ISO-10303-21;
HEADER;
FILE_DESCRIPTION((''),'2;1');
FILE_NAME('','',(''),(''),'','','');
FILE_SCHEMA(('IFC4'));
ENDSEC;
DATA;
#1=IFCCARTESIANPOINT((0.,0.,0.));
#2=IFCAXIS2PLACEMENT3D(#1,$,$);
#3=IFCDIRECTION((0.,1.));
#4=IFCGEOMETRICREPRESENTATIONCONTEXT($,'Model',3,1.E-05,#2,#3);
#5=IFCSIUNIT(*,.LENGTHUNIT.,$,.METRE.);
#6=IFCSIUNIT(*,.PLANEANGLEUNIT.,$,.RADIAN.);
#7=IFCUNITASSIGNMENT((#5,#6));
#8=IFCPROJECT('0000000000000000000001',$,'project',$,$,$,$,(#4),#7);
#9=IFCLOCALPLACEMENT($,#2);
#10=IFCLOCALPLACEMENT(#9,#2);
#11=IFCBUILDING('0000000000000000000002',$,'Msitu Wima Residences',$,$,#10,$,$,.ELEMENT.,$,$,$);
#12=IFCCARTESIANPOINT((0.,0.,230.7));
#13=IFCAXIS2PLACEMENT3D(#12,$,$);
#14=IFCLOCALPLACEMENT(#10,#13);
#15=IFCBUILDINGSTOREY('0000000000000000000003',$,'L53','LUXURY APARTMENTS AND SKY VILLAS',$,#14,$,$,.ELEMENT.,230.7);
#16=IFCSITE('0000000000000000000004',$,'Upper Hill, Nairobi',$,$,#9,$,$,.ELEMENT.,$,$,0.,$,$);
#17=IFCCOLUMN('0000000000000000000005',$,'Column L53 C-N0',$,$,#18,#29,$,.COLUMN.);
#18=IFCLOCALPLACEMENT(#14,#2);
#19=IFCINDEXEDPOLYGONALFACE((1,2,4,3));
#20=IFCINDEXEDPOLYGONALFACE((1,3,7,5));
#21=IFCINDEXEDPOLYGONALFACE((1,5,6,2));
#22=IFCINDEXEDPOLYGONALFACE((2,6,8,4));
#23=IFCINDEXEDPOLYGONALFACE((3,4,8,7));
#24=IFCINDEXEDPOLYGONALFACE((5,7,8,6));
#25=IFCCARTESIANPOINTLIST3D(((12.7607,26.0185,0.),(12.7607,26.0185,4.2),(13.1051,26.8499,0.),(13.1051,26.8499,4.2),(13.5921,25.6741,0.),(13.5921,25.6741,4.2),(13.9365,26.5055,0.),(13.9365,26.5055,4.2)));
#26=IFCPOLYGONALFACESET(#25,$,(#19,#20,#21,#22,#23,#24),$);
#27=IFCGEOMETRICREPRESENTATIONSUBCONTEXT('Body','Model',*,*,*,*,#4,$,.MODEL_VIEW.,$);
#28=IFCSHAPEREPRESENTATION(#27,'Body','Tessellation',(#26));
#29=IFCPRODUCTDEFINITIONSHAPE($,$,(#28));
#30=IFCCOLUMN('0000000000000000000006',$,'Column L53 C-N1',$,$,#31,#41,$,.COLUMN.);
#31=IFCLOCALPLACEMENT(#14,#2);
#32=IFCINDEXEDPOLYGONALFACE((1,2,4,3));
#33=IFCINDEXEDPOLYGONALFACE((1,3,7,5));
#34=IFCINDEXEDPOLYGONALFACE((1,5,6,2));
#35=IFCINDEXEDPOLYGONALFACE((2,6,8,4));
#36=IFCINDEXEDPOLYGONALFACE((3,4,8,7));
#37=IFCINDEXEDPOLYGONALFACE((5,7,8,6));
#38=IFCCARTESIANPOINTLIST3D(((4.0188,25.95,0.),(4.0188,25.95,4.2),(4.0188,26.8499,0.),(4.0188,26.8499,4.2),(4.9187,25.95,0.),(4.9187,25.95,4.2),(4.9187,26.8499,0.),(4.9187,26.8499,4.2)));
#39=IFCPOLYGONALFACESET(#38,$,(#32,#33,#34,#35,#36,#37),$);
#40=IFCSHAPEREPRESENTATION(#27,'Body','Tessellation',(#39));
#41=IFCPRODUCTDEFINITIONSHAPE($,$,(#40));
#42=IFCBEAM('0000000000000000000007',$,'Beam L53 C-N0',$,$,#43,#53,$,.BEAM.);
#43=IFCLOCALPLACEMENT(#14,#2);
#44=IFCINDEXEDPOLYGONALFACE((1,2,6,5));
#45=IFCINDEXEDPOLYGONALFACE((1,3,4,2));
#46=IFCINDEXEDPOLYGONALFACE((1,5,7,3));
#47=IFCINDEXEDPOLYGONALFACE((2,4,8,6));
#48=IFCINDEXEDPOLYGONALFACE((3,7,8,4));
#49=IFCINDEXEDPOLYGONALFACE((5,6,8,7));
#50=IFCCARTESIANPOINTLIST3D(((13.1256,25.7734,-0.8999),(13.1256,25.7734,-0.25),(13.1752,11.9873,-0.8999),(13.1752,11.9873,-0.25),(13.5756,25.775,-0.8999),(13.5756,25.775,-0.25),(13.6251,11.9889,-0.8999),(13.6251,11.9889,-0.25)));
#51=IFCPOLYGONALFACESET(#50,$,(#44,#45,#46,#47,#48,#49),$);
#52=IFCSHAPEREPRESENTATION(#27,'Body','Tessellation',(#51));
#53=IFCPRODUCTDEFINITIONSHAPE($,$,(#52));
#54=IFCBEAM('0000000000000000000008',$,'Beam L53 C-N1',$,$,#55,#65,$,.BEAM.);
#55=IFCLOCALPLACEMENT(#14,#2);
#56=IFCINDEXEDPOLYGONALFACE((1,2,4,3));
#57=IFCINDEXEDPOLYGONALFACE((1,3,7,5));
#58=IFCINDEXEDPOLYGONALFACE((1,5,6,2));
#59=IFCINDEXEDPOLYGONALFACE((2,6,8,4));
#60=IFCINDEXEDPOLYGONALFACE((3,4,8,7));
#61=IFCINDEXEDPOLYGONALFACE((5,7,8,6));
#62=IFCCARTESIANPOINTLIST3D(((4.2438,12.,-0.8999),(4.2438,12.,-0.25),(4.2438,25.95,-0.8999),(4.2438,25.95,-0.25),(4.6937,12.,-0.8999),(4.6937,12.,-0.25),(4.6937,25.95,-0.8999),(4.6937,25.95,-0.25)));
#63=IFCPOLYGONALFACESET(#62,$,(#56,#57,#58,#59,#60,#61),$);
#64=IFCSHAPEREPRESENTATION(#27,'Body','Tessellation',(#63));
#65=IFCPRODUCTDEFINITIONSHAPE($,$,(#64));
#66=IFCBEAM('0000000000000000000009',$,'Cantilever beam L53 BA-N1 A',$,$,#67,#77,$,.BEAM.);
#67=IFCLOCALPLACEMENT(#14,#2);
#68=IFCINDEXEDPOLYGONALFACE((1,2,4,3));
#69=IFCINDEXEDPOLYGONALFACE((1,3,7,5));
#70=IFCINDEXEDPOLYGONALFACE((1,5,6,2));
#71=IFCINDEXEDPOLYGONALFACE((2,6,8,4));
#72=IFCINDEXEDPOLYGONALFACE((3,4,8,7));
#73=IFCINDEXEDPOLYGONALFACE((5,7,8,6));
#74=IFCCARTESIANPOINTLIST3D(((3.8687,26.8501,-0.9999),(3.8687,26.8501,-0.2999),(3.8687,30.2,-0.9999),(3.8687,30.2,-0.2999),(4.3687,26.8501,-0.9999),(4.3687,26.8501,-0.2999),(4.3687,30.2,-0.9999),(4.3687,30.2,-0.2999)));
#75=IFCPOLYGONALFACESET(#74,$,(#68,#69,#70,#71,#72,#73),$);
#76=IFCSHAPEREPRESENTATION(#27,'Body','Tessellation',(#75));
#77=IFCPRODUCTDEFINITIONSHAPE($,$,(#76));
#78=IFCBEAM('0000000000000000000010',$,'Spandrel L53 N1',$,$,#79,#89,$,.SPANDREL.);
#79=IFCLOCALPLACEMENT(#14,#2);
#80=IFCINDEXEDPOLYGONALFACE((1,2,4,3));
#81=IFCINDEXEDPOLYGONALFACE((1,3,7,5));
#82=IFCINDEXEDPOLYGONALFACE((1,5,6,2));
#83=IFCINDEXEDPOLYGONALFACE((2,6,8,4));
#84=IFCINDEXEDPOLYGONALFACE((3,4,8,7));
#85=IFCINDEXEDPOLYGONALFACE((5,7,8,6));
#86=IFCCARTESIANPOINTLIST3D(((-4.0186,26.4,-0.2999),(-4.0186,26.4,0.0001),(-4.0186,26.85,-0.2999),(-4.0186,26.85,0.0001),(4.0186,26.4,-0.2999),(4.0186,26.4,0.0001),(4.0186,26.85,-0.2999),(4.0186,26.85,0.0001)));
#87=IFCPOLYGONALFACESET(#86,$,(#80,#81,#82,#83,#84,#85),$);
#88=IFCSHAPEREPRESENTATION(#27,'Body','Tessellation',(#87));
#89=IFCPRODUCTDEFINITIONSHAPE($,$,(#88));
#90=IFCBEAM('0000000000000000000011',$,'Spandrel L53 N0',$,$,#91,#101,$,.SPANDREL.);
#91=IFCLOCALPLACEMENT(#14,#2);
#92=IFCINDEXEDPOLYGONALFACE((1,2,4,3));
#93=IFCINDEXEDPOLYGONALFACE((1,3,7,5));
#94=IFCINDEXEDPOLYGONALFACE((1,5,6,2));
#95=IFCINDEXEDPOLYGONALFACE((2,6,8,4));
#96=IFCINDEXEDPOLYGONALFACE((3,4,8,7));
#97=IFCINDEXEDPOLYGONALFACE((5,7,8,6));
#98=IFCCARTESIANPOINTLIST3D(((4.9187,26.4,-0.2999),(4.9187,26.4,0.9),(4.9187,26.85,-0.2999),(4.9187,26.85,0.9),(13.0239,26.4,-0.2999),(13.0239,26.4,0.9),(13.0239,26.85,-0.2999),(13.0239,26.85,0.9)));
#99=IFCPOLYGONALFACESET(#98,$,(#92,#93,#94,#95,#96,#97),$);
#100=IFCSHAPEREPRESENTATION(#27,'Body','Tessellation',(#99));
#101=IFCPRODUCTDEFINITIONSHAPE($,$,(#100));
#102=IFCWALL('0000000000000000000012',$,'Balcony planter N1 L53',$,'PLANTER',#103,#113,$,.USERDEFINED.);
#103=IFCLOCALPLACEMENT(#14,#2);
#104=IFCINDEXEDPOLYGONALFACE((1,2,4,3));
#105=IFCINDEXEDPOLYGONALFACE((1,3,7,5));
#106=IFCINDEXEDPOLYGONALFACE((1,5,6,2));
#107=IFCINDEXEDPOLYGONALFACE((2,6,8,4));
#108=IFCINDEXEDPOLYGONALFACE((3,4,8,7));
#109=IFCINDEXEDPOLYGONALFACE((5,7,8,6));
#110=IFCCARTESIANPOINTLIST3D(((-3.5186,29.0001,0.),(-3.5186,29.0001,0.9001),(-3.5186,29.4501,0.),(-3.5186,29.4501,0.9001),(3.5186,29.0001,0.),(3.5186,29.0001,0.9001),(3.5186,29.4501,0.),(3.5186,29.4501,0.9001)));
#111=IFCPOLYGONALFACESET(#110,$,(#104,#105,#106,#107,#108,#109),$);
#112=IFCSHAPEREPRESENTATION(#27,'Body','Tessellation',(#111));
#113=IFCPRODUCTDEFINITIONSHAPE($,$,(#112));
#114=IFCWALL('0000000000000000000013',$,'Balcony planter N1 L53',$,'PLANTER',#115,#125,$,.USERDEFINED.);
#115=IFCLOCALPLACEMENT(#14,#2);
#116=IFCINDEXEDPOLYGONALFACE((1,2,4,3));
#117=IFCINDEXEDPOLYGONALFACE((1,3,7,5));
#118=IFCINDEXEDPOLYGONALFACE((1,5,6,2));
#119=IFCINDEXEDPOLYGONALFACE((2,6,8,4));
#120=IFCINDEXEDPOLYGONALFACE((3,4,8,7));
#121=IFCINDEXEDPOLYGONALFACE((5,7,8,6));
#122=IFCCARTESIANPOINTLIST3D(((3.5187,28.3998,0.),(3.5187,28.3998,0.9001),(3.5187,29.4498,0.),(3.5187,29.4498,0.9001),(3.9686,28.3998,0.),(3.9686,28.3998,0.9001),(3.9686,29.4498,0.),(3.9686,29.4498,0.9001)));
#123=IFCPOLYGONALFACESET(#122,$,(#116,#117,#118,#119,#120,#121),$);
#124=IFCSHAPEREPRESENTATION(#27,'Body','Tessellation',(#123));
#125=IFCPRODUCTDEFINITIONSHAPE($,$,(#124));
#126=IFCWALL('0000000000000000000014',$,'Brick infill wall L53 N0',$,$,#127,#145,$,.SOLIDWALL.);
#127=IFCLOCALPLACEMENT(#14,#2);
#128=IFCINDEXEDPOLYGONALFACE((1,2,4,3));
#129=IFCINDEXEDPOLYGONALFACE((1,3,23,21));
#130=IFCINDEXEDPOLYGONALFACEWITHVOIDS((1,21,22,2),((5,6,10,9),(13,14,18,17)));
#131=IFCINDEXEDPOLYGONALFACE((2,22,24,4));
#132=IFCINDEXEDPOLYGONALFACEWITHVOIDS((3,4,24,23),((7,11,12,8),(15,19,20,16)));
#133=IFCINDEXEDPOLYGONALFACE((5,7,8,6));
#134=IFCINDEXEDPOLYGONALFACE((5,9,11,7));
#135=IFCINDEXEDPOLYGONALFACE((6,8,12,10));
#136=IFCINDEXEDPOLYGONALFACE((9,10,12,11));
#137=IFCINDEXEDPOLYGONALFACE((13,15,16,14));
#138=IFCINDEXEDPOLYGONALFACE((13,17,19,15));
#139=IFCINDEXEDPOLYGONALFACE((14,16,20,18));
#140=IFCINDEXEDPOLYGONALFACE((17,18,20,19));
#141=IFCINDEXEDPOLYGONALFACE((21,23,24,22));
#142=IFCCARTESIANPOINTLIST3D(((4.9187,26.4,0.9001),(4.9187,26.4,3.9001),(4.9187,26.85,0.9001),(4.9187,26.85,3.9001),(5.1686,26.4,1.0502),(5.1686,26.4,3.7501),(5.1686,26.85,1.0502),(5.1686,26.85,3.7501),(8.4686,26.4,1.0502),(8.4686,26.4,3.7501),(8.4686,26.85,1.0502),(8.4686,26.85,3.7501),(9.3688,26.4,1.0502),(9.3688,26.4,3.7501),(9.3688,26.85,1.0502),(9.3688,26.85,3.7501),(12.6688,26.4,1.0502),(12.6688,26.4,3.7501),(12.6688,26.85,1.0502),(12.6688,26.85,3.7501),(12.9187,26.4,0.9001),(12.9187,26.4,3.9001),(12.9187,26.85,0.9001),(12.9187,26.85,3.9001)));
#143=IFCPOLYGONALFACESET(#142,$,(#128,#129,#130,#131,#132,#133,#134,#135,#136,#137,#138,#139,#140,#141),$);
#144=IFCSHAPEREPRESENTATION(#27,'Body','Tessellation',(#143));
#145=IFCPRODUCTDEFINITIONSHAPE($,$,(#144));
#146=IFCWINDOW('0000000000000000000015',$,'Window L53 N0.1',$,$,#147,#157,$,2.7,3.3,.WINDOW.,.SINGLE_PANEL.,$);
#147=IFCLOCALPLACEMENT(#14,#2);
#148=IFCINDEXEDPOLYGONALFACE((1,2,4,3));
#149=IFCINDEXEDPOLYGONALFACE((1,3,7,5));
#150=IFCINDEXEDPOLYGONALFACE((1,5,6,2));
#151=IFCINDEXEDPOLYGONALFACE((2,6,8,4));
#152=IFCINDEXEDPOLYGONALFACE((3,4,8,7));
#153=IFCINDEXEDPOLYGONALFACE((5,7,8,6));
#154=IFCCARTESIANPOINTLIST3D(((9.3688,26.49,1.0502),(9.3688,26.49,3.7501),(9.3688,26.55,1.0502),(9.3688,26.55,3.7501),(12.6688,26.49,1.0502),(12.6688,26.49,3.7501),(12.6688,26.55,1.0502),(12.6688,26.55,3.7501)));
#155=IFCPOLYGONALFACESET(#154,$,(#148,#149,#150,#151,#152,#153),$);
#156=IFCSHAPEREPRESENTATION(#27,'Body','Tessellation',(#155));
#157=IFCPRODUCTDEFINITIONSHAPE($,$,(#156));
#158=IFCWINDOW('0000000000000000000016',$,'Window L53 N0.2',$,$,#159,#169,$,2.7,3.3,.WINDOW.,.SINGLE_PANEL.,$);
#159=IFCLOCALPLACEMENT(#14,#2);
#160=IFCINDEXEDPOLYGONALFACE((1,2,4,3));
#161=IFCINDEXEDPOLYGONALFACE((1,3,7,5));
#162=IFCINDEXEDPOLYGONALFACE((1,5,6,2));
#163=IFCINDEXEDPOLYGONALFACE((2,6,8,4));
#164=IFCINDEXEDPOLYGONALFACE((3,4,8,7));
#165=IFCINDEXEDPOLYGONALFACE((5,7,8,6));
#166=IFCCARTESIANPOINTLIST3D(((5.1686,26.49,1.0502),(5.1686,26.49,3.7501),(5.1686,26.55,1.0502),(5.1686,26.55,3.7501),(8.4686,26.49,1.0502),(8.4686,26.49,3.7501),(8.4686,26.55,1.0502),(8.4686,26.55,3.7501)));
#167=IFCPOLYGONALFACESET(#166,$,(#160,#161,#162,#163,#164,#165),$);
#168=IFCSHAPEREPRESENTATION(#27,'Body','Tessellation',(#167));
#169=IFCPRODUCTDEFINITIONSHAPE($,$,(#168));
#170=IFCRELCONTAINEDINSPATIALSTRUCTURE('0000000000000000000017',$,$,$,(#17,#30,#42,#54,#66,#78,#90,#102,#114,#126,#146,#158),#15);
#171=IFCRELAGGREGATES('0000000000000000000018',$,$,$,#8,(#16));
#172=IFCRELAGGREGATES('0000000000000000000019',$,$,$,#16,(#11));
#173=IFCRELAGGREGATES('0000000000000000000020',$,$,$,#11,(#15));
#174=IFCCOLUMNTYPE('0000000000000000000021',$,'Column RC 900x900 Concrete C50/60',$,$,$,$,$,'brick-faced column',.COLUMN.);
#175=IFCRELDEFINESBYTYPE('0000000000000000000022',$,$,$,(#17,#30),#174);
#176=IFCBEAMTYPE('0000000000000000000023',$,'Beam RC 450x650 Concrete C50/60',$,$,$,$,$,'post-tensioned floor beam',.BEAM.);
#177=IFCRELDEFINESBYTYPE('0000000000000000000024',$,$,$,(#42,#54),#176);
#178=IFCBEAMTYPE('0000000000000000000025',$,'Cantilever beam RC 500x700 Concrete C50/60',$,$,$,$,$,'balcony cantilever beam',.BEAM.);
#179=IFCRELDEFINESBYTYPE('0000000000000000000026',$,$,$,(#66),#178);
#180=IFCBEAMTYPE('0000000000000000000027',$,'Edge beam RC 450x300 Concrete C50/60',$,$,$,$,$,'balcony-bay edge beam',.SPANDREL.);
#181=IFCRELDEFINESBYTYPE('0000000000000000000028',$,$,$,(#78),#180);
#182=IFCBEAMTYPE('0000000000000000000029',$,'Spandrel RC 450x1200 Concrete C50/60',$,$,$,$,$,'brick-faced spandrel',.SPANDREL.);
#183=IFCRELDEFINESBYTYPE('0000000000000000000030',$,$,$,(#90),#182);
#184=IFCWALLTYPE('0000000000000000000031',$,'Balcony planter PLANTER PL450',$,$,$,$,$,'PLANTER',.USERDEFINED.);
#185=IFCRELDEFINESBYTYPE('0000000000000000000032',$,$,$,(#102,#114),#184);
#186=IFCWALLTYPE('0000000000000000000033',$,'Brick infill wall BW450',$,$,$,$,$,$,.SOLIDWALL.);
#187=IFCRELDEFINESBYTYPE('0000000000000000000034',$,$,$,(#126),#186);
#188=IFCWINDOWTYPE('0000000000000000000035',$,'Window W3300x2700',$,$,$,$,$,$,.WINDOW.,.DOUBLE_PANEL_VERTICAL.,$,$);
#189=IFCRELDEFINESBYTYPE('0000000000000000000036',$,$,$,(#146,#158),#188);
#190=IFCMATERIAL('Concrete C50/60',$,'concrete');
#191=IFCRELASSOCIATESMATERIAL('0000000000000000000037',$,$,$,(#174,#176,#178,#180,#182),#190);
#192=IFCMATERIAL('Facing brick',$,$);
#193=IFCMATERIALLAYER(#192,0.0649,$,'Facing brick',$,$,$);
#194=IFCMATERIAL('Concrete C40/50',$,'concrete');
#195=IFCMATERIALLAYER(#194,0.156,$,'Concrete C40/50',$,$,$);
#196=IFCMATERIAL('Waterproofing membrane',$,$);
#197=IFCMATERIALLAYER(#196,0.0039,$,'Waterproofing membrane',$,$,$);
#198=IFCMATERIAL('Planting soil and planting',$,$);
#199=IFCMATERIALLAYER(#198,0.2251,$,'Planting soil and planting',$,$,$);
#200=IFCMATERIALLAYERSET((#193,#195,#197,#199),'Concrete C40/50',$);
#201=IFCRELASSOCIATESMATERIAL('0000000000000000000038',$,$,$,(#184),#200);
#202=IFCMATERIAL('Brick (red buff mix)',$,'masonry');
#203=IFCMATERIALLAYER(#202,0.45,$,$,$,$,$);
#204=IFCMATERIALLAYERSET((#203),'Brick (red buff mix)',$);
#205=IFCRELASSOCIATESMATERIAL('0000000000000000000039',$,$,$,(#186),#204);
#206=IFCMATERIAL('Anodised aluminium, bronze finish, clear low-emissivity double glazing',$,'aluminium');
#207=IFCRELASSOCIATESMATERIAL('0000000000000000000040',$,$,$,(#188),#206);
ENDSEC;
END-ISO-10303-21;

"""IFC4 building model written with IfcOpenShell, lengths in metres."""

from ifc_helpers import new_model, si_unit, direction, frame, frame_2d, origin, origin_2d, place, context, subcontext, project, spatial, rectangle, extrude, material, layer, layer_set, material_profile, profile_set, type_object, element, fill, save


model = new_model("IFC4")

# Units and contexts
model_context = context("Model", 3, precision=1e-05, world=origin(), true_north=direction((0.0, 1.0)))
body_context = subcontext(model_context, "Body", "Model", "MODEL_VIEW")
ifc_project = project(units=[si_unit("LENGTHUNIT", "METRE"), si_unit("PLANEANGLEUNIT", "RADIAN")], contexts=[model_context])

# Site, building, storey
site_placement = place(None, origin())
site = spatial("IfcSite", under=ifc_project, at=site_placement, Name="Upper Hill, Nairobi", CompositionType="ELEMENT", RefElevation=0.0)
building_placement = place(site_placement, origin())
building = spatial("IfcBuilding", under=site, at=building_placement, Name="Msitu Wima Residences", CompositionType="ELEMENT")
storey_placement = place(building_placement, frame((0.0, 0.0, 230.7)))
storey = spatial("IfcBuildingStorey", under=building, at=storey_placement, Name="L53", Description="LUXURY APARTMENTS AND SKY VILLAS", CompositionType="ELEMENT", Elevation=230.7)

# Columns
ifc_material_1 = material(Name="Concrete C50/60", Category="concrete")
ifc_material_profile_1 = material_profile(ifc_material_1, rectangle(XDim=0.8999, YDim=0.8999, at=origin_2d()), Name="RC 900x900")
ifc_profile_set_1 = profile_set([ifc_material_profile_1], Name="Concrete C50/60")
column_type = type_object("IfcColumnType", Name="Column RC 900x900 Concrete C50/60", ElementType="brick-faced column", PredefinedType="COLUMN", material=ifc_profile_set_1)
for number, where, z_axis, x_axis, name in (
    (1, (13.3486, 26.262, 0.0), (0.0, 0.0, 1.0), (-0.92388, 0.382683, 0.0), "Column L53 C-N0"),
    (2, (4.4688, 26.3999, 0.0), (0.0, 0.0, 1.0), (-1.0, 0.0, 0.0), "Column L53 C-N1"),
):
    element("IfcColumn", number, at=place(storey_placement, frame(where, z_axis=z_axis, x_axis=x_axis)), inside=storey, type_object=column_type, Name=name, PredefinedType="COLUMN", context=body_context, shape_type="SweptSolid", body=[
        extrude(rectangle(XDim=0.8999, YDim=0.8999, at=origin_2d()), origin(), (0.0, 0.0, 1.0), 4.2),
    ])

# Beams
ifc_material_profile_2 = material_profile(ifc_material_1, rectangle(XDim=0.45, YDim=0.6499, at=origin_2d()), Name="RC 450x650")
ifc_profile_set_2 = profile_set([ifc_material_profile_2], Name="Concrete C50/60")
beam_type_1 = type_object("IfcBeamType", Name="Beam RC 450x650 Concrete C50/60", ElementType="post-tensioned floor beam", PredefinedType="BEAM", material=ifc_profile_set_2)
beam_1_placement = place(storey_placement, frame((13.3506, 25.7742, -0.575), z_axis=(0.003595, -0.999994, 0.0), x_axis=(0.999994, 0.003595, 0.0)))
element("IfcBeam", 3, at=beam_1_placement, inside=storey, type_object=beam_type_1, Name="Beam L53 C-N0", PredefinedType="BEAM", context=body_context, shape_type="SweptSolid", body=[
    extrude(rectangle(XDim=0.45, YDim=0.6499, at=origin_2d()), origin(), (0.0, 0.0, 1.0), 13.7861),
])
beam_2_placement = place(storey_placement, frame((4.4688, 25.95, -0.575), z_axis=(0.0, -1.0, 0.0), x_axis=(1.0, 0.0, 0.0)))
element("IfcBeam", 4, at=beam_2_placement, inside=storey, type_object=beam_type_1, Name="Beam L53 C-N1", PredefinedType="BEAM", context=body_context, shape_type="SweptSolid", body=[
    extrude(rectangle(XDim=0.45, YDim=0.6499, at=origin_2d()), origin(), (0.0, 0.0, 1.0), 13.95),
])
ifc_material_profile_3 = material_profile(ifc_material_1, rectangle(XDim=0.5, YDim=0.7, at=origin_2d()), Name="RC 500x700")
ifc_profile_set_3 = profile_set([ifc_material_profile_3], Name="Concrete C50/60")
beam_type_2 = type_object("IfcBeamType", Name="Cantilever beam RC 500x700 Concrete C50/60", ElementType="balcony cantilever beam", PredefinedType="BEAM", material=ifc_profile_set_3)
beam_3_placement = place(storey_placement, frame((4.1187, 26.8501, -0.6499), z_axis=(0.0, 1.0, 0.0), x_axis=(-1.0, 0.0, 0.0)))
element("IfcBeam", 5, at=beam_3_placement, inside=storey, type_object=beam_type_2, Name="Cantilever beam L53 BA-N1 A", PredefinedType="BEAM", context=body_context, shape_type="SweptSolid", body=[
    extrude(rectangle(XDim=0.5, YDim=0.7, at=origin_2d()), origin(), (0.0, 0.0, 1.0), 3.3499),
])
ifc_material_profile_4 = material_profile(ifc_material_1, rectangle(XDim=0.45, YDim=0.3, at=origin_2d()), Name="RC 450x300")
ifc_profile_set_4 = profile_set([ifc_material_profile_4], Name="Concrete C50/60")
beam_type_3 = type_object("IfcBeamType", Name="Edge beam RC 450x300 Concrete C50/60", ElementType="balcony-bay edge beam", PredefinedType="SPANDREL", material=ifc_profile_set_4)
beam_4_placement = place(storey_placement, frame((4.0186, 26.625, -0.1499), z_axis=(-1.0, 0.0, 0.0), x_axis=(0.0, -1.0, 0.0)))
element("IfcBeam", 6, at=beam_4_placement, inside=storey, type_object=beam_type_3, Name="Spandrel L53 N1", PredefinedType="SPANDREL", context=body_context, shape_type="SweptSolid", body=[
    extrude(rectangle(XDim=0.45, YDim=0.3, at=origin_2d()), origin(), (0.0, 0.0, 1.0), 8.0371),
])
ifc_material_profile_5 = material_profile(ifc_material_1, rectangle(XDim=0.45, YDim=1.2, at=origin_2d()), Name="RC 450x1200")
ifc_profile_set_5 = profile_set([ifc_material_profile_5], Name="Concrete C50/60")
beam_type_4 = type_object("IfcBeamType", Name="Spandrel RC 450x1200 Concrete C50/60", ElementType="brick-faced spandrel", PredefinedType="SPANDREL", material=ifc_profile_set_5)
beam_5_placement = place(storey_placement, frame((13.0239, 26.625, 0.3), z_axis=(-1.0, 0.0, 0.0), x_axis=(0.0, -1.0, 0.0)))
element("IfcBeam", 7, at=beam_5_placement, inside=storey, type_object=beam_type_4, Name="Spandrel L53 N0", PredefinedType="SPANDREL", context=body_context, shape_type="SweptSolid", body=[
    extrude(rectangle(XDim=0.45, YDim=1.2, at=origin_2d()), origin(), (0.0, 0.0, 1.0), 8.1052),
])

# Walls
ifc_material_2 = material(Name="Facing brick")
ifc_layer_1 = layer(ifc_material_2, 0.0649, Name="Facing brick")
ifc_material_3 = material(Name="Concrete C40/50", Category="concrete")
ifc_layer_2 = layer(ifc_material_3, 0.156, Name="Concrete C40/50")
ifc_material_4 = material(Name="Waterproofing membrane")
ifc_layer_3 = layer(ifc_material_4, 0.0039, Name="Waterproofing membrane")
ifc_material_5 = material(Name="Planting soil and planting")
ifc_layer_4 = layer(ifc_material_5, 0.2251, Name="Planting soil and planting")
ifc_layer_set_1 = layer_set([ifc_layer_1, ifc_layer_2, ifc_layer_3, ifc_layer_4], Name="Concrete C40/50")
wall_type_1 = type_object("IfcWallType", Name="Balcony planter PLANTER PL450", ElementType="PLANTER", PredefinedType="USERDEFINED", material=ifc_layer_set_1)
wall_1_placement = place(storey_placement, frame((3.5186, 29.2251, 0.0), z_axis=(0.0, 0.0, 1.0), x_axis=(-1.0, 0.0, 0.0)))
element("IfcWall", 8, at=wall_1_placement, inside=storey, type_object=wall_type_1, Name="Balcony planter N1 L53", ObjectType="PLANTER", PredefinedType="USERDEFINED", context=body_context, shape_type="SweptSolid", body=[
    extrude(rectangle(XDim=7.0371, YDim=0.45, at=frame_2d((3.5186, 0.0))), origin(), (0.0, 0.0, 1.0), 0.9001),
])
wall_2_placement = place(storey_placement, frame((3.7437, 28.3999, 0.0), z_axis=(0.0, 0.0, 1.0), x_axis=(0.0, 1.0, 0.0)))
element("IfcWall", 9, at=wall_2_placement, inside=storey, type_object=wall_type_1, Name="Balcony planter N1 L53", ObjectType="PLANTER", PredefinedType="USERDEFINED", context=body_context, shape_type="SweptSolid", body=[
    extrude(rectangle(XDim=1.05, YDim=0.45, at=frame_2d((0.5249, 0.0))), origin(), (0.0, 0.0, 1.0), 0.9001),
])

# Wall, openings, windows
ifc_material_6 = material(Name="Brick (red buff mix)", Category="masonry")
ifc_layer_5 = layer(ifc_material_6, 0.45)
ifc_layer_set_2 = layer_set([ifc_layer_5], Name="Brick (red buff mix)")
wall_type_2 = type_object("IfcWallType", Name="Brick infill wall BW450", PredefinedType="SOLIDWALL", material=ifc_layer_set_2)
wall_3_placement = place(storey_placement, frame((12.9187, 26.625, 0.9001), z_axis=(0.0, 0.0, 1.0), x_axis=(-1.0, 0.0, 0.0)))
wall_3 = element("IfcWall", 10, at=wall_3_placement, inside=storey, type_object=wall_type_2, Name="Brick infill wall L53 N0", PredefinedType="SOLIDWALL", context=body_context, shape_type="SweptSolid", body=[
    extrude(rectangle(XDim=8.0, YDim=0.45, at=frame_2d((4.0, 0.0))), origin(), (0.0, 0.0, 1.0), 3.0),
])
opening_1_placement = place(wall_3_placement, frame((0.25, 0.0, 0.1499)))
opening_1 = element("IfcOpeningElement", 11, at=opening_1_placement, cuts=wall_3, PredefinedType="OPENING", context=body_context, shape_type="SweptSolid", body=[
    extrude(rectangle(XDim=3.3, YDim=2.7, at=frame_2d((1.6499, 1.3501))), frame((0.0, 0.2349, 0.0), z_axis=(0.0, -1.0, 0.0), x_axis=(1.0, 0.0, 0.0)), (0.0, 0.0, 1.0), 0.47),
])
opening_2_placement = place(wall_3_placement, frame((4.4502, 0.0, 0.1499)))
opening_2 = element("IfcOpeningElement", 12, at=opening_2_placement, cuts=wall_3, PredefinedType="OPENING", context=body_context, shape_type="SweptSolid", body=[
    extrude(rectangle(XDim=3.3, YDim=2.7, at=frame_2d((1.6499, 1.3501))), frame((0.0, 0.2349, 0.0), z_axis=(0.0, -1.0, 0.0), x_axis=(1.0, 0.0, 0.0)), (0.0, 0.0, 1.0), 0.47),
])
ifc_material_7 = material(Name="Anodised aluminium, bronze finish, clear low-emissivity double glazing", Category="aluminium")
window_type = type_object("IfcWindowType", Name="Window W3300x2700", PartitioningType="DOUBLE_PANEL_VERTICAL", PredefinedType="WINDOW", material=ifc_material_7)
window_1_placement = place(opening_1_placement, origin())
window_1 = element("IfcWindow", 13, at=window_1_placement, inside=storey, type_object=window_type, Name="Window L53 N0.1", OverallHeight=2.7, OverallWidth=3.3, PartitioningType="SINGLE_PANEL", PredefinedType="WINDOW", context=body_context, shape_type="SweptSolid", body=[
    extrude(rectangle(XDim=3.3, YDim=2.7, at=frame_2d((1.6499, 1.3501))), frame((0.0, 0.135, 0.0), z_axis=(0.0, -1.0, 0.0), x_axis=(1.0, 0.0, 0.0)), (0.0, 0.0, 1.0), 0.0601),
])
fill(opening_1, window_1)
window_2_placement = place(opening_2_placement, origin())
window_2 = element("IfcWindow", 14, at=window_2_placement, inside=storey, type_object=window_type, Name="Window L53 N0.2", OverallHeight=2.7, OverallWidth=3.3, PartitioningType="SINGLE_PANEL", PredefinedType="WINDOW", context=body_context, shape_type="SweptSolid", body=[
    extrude(rectangle(XDim=3.3, YDim=2.7, at=frame_2d((1.6499, 1.3501))), frame((0.0, 0.135, 0.0), z_axis=(0.0, -1.0, 0.0), x_axis=(1.0, 0.0, 0.0)), (0.0, 0.0, 1.0), 0.0601),
])
fill(opening_2, window_2)

save(model, "model.ifc")
